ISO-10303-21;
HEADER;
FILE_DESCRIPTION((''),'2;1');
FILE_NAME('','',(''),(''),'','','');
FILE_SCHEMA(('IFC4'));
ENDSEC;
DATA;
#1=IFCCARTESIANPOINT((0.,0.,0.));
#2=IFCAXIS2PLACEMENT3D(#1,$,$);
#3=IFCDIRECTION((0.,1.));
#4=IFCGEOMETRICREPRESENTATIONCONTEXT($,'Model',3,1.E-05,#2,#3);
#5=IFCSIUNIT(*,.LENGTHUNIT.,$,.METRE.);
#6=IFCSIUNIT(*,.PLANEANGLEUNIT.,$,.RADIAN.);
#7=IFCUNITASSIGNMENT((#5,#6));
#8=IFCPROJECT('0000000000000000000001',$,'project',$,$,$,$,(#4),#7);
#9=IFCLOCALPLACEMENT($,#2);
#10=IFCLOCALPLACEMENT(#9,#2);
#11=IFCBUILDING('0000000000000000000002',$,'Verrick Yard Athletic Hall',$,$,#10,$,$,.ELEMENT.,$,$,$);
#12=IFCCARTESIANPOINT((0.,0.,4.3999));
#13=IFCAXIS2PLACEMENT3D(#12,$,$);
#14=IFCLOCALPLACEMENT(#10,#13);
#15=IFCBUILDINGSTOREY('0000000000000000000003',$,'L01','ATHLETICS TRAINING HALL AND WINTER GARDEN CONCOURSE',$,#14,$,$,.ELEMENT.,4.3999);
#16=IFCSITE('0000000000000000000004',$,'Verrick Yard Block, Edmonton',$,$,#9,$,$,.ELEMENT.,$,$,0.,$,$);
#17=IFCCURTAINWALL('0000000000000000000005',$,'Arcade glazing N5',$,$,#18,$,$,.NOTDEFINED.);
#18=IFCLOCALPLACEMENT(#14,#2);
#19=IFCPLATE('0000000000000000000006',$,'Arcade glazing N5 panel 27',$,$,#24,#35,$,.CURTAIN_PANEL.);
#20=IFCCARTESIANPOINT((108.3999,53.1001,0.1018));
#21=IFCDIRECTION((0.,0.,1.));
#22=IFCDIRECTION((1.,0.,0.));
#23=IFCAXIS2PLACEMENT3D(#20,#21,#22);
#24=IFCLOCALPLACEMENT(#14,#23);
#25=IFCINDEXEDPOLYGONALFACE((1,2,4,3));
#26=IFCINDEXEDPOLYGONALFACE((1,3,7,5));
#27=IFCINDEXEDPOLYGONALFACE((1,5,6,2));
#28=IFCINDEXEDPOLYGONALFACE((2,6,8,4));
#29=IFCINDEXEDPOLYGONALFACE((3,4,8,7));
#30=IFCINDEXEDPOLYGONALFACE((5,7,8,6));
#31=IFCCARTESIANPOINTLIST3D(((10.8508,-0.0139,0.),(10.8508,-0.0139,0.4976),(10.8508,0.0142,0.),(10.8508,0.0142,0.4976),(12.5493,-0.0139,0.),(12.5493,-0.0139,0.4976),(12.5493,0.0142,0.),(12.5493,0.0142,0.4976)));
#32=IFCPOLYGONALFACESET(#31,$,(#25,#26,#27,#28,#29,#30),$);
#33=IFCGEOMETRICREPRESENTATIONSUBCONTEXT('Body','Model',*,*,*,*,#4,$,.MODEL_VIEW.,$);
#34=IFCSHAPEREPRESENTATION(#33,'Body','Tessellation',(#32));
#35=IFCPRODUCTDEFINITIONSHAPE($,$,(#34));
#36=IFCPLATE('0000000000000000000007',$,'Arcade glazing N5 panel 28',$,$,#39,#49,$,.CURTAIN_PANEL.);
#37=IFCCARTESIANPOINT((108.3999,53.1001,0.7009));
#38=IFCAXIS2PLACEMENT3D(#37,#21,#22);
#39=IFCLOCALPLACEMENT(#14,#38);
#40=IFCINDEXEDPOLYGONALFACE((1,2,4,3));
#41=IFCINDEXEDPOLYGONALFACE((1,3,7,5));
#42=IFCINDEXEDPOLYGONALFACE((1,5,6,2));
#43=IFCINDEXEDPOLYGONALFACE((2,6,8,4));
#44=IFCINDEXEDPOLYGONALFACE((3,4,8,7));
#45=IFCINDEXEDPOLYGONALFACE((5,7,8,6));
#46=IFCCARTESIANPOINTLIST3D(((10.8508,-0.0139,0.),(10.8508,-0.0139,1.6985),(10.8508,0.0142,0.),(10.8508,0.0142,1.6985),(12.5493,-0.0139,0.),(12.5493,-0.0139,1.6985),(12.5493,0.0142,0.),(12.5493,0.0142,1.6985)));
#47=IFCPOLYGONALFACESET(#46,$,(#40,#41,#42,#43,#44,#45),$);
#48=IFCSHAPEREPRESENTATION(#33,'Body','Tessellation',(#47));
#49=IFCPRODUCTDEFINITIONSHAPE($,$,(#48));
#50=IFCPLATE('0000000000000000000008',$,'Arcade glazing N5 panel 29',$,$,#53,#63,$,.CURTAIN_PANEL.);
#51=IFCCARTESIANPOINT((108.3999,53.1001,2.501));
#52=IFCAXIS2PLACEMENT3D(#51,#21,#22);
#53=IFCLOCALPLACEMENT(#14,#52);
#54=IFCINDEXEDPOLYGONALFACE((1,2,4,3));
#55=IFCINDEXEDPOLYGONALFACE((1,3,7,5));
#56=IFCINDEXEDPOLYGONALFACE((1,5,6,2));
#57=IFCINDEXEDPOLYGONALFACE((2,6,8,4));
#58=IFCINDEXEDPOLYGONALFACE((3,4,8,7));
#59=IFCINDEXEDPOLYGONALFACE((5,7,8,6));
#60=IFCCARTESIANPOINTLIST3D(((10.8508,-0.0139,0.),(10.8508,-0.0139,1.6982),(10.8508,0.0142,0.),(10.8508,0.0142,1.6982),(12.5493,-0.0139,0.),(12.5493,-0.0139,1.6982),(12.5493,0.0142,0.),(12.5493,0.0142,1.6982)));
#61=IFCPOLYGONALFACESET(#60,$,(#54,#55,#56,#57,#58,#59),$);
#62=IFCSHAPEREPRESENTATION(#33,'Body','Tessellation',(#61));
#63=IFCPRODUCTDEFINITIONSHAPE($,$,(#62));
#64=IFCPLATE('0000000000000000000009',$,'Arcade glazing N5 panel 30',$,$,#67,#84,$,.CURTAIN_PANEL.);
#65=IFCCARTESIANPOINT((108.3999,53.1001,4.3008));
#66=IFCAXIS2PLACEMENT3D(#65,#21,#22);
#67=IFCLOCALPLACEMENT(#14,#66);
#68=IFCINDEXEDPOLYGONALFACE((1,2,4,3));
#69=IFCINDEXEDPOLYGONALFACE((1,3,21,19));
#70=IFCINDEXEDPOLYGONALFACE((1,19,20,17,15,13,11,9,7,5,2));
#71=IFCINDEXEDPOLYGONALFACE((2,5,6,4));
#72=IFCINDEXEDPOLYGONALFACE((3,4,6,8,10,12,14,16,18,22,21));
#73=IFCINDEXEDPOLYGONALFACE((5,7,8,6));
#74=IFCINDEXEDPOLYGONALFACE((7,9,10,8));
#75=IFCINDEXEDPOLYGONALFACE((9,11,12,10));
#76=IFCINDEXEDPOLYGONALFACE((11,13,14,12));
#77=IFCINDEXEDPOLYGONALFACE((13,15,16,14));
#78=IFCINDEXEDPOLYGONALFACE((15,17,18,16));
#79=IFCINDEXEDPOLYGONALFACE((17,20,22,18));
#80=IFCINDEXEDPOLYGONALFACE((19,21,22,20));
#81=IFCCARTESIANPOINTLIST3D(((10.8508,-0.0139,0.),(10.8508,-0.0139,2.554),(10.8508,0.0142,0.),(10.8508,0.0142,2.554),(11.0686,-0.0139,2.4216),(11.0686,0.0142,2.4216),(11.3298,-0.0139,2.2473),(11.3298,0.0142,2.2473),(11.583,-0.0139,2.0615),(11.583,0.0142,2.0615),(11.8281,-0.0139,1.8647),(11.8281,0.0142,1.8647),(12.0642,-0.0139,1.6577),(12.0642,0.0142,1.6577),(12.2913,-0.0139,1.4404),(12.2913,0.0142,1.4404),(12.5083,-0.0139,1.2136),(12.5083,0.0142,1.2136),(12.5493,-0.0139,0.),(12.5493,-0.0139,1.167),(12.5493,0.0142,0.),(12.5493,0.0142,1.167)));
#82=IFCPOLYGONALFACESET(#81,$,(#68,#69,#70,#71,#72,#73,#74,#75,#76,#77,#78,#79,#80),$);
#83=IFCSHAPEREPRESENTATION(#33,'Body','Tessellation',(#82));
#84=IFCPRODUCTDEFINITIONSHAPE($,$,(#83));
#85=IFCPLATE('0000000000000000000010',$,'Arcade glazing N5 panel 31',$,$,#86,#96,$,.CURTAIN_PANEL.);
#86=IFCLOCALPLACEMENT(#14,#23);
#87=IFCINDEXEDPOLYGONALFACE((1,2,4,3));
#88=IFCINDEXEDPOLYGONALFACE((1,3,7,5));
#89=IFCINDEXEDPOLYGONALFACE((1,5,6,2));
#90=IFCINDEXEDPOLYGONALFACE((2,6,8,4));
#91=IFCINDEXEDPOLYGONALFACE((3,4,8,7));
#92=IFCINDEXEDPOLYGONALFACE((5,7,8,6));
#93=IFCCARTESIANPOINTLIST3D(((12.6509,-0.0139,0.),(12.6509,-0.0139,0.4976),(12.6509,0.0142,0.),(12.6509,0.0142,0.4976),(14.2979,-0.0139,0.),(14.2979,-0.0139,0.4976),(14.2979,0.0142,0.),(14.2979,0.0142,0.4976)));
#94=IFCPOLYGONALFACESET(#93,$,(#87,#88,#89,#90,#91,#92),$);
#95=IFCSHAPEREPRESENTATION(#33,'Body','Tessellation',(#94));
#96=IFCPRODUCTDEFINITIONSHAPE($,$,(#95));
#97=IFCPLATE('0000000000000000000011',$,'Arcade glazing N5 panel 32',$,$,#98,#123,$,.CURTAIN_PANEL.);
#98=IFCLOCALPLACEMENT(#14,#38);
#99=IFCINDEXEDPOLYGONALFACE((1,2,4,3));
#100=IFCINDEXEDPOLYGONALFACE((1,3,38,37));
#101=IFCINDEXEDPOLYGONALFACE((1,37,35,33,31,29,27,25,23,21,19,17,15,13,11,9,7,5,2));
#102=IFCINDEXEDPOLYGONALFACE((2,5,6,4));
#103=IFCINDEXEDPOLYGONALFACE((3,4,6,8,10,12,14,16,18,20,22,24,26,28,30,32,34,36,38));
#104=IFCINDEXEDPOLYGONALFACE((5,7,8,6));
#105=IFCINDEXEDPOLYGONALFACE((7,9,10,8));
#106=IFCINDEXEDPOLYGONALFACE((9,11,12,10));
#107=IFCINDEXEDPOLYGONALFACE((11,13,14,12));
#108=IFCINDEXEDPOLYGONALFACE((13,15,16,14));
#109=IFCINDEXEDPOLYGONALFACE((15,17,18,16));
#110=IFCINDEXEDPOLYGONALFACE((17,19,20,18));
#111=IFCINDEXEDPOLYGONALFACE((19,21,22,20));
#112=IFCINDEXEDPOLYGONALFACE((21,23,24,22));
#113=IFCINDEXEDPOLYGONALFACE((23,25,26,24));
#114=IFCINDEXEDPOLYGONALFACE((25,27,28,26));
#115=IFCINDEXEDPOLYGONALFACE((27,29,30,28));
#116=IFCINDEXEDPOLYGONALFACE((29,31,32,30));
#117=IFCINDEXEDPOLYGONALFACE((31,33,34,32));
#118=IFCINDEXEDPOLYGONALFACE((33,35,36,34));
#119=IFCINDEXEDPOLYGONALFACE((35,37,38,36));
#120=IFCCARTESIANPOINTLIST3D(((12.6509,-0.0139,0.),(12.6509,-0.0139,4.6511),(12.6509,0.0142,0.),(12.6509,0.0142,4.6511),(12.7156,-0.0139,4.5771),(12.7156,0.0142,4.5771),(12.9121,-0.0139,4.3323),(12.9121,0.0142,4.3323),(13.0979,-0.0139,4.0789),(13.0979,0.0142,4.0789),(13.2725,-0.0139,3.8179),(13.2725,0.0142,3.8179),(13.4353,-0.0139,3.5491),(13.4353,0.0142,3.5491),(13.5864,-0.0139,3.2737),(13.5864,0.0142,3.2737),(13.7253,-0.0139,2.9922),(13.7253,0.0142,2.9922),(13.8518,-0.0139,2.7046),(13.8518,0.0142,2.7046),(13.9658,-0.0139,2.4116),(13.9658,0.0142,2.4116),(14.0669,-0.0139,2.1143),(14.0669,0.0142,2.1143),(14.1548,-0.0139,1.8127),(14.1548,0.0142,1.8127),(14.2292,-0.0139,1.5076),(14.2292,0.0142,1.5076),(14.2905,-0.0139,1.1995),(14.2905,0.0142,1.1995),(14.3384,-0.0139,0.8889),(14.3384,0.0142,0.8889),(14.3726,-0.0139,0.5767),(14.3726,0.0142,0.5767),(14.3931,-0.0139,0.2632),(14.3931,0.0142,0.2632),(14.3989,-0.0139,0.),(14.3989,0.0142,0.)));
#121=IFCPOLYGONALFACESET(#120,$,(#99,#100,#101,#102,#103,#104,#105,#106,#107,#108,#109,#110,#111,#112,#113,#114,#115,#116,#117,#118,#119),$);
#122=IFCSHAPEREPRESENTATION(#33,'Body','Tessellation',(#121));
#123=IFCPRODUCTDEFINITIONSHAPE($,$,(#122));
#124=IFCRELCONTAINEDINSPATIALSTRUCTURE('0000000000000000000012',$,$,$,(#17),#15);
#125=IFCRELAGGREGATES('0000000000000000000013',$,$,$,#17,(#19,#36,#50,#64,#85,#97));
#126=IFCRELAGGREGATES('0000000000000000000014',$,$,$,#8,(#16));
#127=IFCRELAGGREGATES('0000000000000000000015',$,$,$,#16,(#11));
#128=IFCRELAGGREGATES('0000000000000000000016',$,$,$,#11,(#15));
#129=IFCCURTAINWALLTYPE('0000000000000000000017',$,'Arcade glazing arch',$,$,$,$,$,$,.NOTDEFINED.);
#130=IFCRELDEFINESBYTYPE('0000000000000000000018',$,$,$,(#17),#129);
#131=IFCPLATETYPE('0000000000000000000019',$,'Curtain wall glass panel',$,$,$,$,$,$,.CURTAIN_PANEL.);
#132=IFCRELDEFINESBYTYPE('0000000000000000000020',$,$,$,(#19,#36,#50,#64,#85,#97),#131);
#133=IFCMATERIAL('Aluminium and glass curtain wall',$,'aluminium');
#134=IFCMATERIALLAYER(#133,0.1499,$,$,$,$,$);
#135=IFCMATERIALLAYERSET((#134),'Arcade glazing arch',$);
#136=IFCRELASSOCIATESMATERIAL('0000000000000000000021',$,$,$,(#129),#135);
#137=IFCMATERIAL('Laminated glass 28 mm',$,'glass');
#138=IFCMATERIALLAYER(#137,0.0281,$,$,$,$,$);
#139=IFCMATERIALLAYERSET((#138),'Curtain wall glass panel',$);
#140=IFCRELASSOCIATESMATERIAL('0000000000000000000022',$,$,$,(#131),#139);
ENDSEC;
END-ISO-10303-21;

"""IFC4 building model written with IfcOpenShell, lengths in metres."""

from ifc_helpers import new_model, si_unit, direction, frame, origin, place, context, subcontext, project, spatial, polyline, outline, extrude, material, layer, layer_set, type_object, element, aggregate, save


model = new_model("IFC4")

# Units and contexts
model_context = context("Model", 3, precision=1e-05, world=origin(), true_north=direction((0.0, 1.0)))
body_context = subcontext(model_context, "Body", "Model", "MODEL_VIEW")
ifc_project = project(units=[si_unit("LENGTHUNIT", "METRE"), si_unit("PLANEANGLEUNIT", "RADIAN")], contexts=[model_context])

# Site, building, storey
site_placement = place(None, origin())
site = spatial("IfcSite", under=ifc_project, at=site_placement, Name="Verrick Yard Block, Edmonton", CompositionType="ELEMENT", RefElevation=0.0)
building_placement = place(site_placement, origin())
building = spatial("IfcBuilding", under=site, at=building_placement, Name="Verrick Yard Athletic Hall", CompositionType="ELEMENT")
storey_placement = place(building_placement, frame((0.0, 0.0, 4.3999)))
storey = spatial("IfcBuildingStorey", under=building, at=storey_placement, Name="L01", Description="ATHLETICS TRAINING HALL AND WINTER GARDEN CONCOURSE", CompositionType="ELEMENT", Elevation=4.3999)

# Curtain wall, plates
ifc_material_1 = material(Name="Aluminium and glass curtain wall", Category="aluminium")
ifc_layer_1 = layer(ifc_material_1, 0.1499)
ifc_layer_set_1 = layer_set([ifc_layer_1], Name="Arcade glazing arch")
curtain_wall_type = type_object("IfcCurtainWallType", Name="Arcade glazing arch", PredefinedType="NOTDEFINED", material=ifc_layer_set_1)
curtain_wall_placement = place(storey_placement, origin())
curtain_wall = element("IfcCurtainWall", 1, at=curtain_wall_placement, inside=storey, type_object=curtain_wall_type, Name="Arcade glazing N5", PredefinedType="NOTDEFINED")
ifc_material_2 = material(Name="Laminated glass 28 mm", Category="glass")
ifc_layer_2 = layer(ifc_material_2, 0.0281)
ifc_layer_set_2 = layer_set([ifc_layer_2], Name="Curtain wall glass panel")
plate_type = type_object("IfcPlateType", Name="Curtain wall glass panel", PredefinedType="CURTAIN_PANEL", material=ifc_layer_set_2)
plate_1_placement = place(storey_placement, frame((108.3999, 53.1001, 0.1018), z_axis=(0.0, 0.0, 1.0), x_axis=(1.0, 0.0, 0.0)))
plate_1 = element("IfcPlate", 2, at=plate_1_placement, type_object=plate_type, Name="Arcade glazing N5 panel 27", PredefinedType="CURTAIN_PANEL", context=body_context, shape_type="SweptSolid", body=[
    extrude(outline(polyline([(12.5493, 0.0), (12.5493, 0.4976), (10.8508, 0.4976), (10.8508, 0.0), (12.5493, 0.0)])), frame((0.0, 0.0142, 0.0), z_axis=(0.0, -1.0, 0.0), x_axis=(1.0, 0.0, 0.0)), (0.0, 0.0, 1.0), 0.0281),
])
plate_2_placement = place(storey_placement, frame((108.3999, 53.1001, 0.7009), z_axis=(0.0, 0.0, 1.0), x_axis=(1.0, 0.0, 0.0)))
plate_2 = element("IfcPlate", 3, at=plate_2_placement, type_object=plate_type, Name="Arcade glazing N5 panel 28", PredefinedType="CURTAIN_PANEL", context=body_context, shape_type="SweptSolid", body=[
    extrude(outline(polyline([(12.5493, 0.0), (12.5493, 1.6985), (10.8508, 1.6985), (10.8508, 0.0), (12.5493, 0.0)])), frame((0.0, 0.0142, 0.0), z_axis=(0.0, -1.0, 0.0), x_axis=(1.0, 0.0, 0.0)), (0.0, 0.0, 1.0), 0.0281),
])
plate_3_placement = place(storey_placement, frame((108.3999, 53.1001, 2.501), z_axis=(0.0, 0.0, 1.0), x_axis=(1.0, 0.0, 0.0)))
plate_3 = element("IfcPlate", 4, at=plate_3_placement, type_object=plate_type, Name="Arcade glazing N5 panel 29", PredefinedType="CURTAIN_PANEL", context=body_context, shape_type="SweptSolid", body=[
    extrude(outline(polyline([(12.5493, 0.0), (12.5493, 1.6982), (10.8508, 1.6982), (10.8508, 0.0), (12.5493, 0.0)])), frame((0.0, 0.0142, 0.0), z_axis=(0.0, -1.0, 0.0), x_axis=(1.0, 0.0, 0.0)), (0.0, 0.0, 1.0), 0.0281),
])
plate_4_placement = place(storey_placement, frame((108.3999, 53.1001, 4.3008), z_axis=(0.0, 0.0, 1.0), x_axis=(1.0, 0.0, 0.0)))
plate_4 = element("IfcPlate", 5, at=plate_4_placement, type_object=plate_type, Name="Arcade glazing N5 panel 30", PredefinedType="CURTAIN_PANEL", context=body_context, shape_type="SweptSolid", body=[
    extrude(outline(polyline([(12.5493, 1.167), (12.5083, 1.2136), (12.2913, 1.4404), (12.0642, 1.6577), (11.8281, 1.8647), (11.583, 2.0615), (11.3298, 2.2473), (11.0686, 2.4216), (10.8508, 2.554), (10.8508, 0.0), (12.5493, 0.0), (12.5493, 1.167)])), frame((0.0, 0.0142, 0.0), z_axis=(0.0, -1.0, 0.0), x_axis=(1.0, 0.0, 0.0)), (0.0, 0.0, 1.0), 0.0281),
])
plate_5_placement = place(storey_placement, frame((108.3999, 53.1001, 0.1018), z_axis=(0.0, 0.0, 1.0), x_axis=(1.0, 0.0, 0.0)))
plate_5 = element("IfcPlate", 6, at=plate_5_placement, type_object=plate_type, Name="Arcade glazing N5 panel 31", PredefinedType="CURTAIN_PANEL", context=body_context, shape_type="SweptSolid", body=[
    extrude(outline(polyline([(14.2979, 0.0), (14.2979, 0.4976), (12.6509, 0.4976), (12.6509, 0.0), (14.2979, 0.0)])), frame((0.0, 0.0142, 0.0), z_axis=(0.0, -1.0, 0.0), x_axis=(1.0, 0.0, 0.0)), (0.0, 0.0, 1.0), 0.0281),
])
plate_6_placement = place(storey_placement, frame((108.3999, 53.1001, 0.7009), z_axis=(0.0, 0.0, 1.0), x_axis=(1.0, 0.0, 0.0)))
plate_6 = element("IfcPlate", 7, at=plate_6_placement, type_object=plate_type, Name="Arcade glazing N5 panel 32", PredefinedType="CURTAIN_PANEL", context=body_context, shape_type="SweptSolid", body=[
    extrude(outline(polyline([(14.3989, 0.0), (14.3931, 0.2632), (14.3726, 0.5767), (14.3384, 0.8889), (14.2905, 1.1995), (14.2292, 1.5076), (14.1548, 1.8127), (14.0669, 2.1143), (13.9658, 2.4116), (13.8518, 2.7046), (13.7253, 2.9922), (13.5864, 3.2737), (13.4353, 3.5491), (13.2725, 3.8179), (13.0979, 4.0789), (12.9121, 4.3323), (12.7156, 4.5771), (12.6509, 4.6511), (12.6509, 0.0), (14.3989, 0.0)])), frame((0.0, 0.0142, 0.0), z_axis=(0.0, -1.0, 0.0), x_axis=(1.0, 0.0, 0.0)), (0.0, 0.0, 1.0), 0.0281),
])
aggregate(curtain_wall, [plate_1, plate_2, plate_3, plate_4, plate_5, plate_6])

save(model, "model.ifc")
